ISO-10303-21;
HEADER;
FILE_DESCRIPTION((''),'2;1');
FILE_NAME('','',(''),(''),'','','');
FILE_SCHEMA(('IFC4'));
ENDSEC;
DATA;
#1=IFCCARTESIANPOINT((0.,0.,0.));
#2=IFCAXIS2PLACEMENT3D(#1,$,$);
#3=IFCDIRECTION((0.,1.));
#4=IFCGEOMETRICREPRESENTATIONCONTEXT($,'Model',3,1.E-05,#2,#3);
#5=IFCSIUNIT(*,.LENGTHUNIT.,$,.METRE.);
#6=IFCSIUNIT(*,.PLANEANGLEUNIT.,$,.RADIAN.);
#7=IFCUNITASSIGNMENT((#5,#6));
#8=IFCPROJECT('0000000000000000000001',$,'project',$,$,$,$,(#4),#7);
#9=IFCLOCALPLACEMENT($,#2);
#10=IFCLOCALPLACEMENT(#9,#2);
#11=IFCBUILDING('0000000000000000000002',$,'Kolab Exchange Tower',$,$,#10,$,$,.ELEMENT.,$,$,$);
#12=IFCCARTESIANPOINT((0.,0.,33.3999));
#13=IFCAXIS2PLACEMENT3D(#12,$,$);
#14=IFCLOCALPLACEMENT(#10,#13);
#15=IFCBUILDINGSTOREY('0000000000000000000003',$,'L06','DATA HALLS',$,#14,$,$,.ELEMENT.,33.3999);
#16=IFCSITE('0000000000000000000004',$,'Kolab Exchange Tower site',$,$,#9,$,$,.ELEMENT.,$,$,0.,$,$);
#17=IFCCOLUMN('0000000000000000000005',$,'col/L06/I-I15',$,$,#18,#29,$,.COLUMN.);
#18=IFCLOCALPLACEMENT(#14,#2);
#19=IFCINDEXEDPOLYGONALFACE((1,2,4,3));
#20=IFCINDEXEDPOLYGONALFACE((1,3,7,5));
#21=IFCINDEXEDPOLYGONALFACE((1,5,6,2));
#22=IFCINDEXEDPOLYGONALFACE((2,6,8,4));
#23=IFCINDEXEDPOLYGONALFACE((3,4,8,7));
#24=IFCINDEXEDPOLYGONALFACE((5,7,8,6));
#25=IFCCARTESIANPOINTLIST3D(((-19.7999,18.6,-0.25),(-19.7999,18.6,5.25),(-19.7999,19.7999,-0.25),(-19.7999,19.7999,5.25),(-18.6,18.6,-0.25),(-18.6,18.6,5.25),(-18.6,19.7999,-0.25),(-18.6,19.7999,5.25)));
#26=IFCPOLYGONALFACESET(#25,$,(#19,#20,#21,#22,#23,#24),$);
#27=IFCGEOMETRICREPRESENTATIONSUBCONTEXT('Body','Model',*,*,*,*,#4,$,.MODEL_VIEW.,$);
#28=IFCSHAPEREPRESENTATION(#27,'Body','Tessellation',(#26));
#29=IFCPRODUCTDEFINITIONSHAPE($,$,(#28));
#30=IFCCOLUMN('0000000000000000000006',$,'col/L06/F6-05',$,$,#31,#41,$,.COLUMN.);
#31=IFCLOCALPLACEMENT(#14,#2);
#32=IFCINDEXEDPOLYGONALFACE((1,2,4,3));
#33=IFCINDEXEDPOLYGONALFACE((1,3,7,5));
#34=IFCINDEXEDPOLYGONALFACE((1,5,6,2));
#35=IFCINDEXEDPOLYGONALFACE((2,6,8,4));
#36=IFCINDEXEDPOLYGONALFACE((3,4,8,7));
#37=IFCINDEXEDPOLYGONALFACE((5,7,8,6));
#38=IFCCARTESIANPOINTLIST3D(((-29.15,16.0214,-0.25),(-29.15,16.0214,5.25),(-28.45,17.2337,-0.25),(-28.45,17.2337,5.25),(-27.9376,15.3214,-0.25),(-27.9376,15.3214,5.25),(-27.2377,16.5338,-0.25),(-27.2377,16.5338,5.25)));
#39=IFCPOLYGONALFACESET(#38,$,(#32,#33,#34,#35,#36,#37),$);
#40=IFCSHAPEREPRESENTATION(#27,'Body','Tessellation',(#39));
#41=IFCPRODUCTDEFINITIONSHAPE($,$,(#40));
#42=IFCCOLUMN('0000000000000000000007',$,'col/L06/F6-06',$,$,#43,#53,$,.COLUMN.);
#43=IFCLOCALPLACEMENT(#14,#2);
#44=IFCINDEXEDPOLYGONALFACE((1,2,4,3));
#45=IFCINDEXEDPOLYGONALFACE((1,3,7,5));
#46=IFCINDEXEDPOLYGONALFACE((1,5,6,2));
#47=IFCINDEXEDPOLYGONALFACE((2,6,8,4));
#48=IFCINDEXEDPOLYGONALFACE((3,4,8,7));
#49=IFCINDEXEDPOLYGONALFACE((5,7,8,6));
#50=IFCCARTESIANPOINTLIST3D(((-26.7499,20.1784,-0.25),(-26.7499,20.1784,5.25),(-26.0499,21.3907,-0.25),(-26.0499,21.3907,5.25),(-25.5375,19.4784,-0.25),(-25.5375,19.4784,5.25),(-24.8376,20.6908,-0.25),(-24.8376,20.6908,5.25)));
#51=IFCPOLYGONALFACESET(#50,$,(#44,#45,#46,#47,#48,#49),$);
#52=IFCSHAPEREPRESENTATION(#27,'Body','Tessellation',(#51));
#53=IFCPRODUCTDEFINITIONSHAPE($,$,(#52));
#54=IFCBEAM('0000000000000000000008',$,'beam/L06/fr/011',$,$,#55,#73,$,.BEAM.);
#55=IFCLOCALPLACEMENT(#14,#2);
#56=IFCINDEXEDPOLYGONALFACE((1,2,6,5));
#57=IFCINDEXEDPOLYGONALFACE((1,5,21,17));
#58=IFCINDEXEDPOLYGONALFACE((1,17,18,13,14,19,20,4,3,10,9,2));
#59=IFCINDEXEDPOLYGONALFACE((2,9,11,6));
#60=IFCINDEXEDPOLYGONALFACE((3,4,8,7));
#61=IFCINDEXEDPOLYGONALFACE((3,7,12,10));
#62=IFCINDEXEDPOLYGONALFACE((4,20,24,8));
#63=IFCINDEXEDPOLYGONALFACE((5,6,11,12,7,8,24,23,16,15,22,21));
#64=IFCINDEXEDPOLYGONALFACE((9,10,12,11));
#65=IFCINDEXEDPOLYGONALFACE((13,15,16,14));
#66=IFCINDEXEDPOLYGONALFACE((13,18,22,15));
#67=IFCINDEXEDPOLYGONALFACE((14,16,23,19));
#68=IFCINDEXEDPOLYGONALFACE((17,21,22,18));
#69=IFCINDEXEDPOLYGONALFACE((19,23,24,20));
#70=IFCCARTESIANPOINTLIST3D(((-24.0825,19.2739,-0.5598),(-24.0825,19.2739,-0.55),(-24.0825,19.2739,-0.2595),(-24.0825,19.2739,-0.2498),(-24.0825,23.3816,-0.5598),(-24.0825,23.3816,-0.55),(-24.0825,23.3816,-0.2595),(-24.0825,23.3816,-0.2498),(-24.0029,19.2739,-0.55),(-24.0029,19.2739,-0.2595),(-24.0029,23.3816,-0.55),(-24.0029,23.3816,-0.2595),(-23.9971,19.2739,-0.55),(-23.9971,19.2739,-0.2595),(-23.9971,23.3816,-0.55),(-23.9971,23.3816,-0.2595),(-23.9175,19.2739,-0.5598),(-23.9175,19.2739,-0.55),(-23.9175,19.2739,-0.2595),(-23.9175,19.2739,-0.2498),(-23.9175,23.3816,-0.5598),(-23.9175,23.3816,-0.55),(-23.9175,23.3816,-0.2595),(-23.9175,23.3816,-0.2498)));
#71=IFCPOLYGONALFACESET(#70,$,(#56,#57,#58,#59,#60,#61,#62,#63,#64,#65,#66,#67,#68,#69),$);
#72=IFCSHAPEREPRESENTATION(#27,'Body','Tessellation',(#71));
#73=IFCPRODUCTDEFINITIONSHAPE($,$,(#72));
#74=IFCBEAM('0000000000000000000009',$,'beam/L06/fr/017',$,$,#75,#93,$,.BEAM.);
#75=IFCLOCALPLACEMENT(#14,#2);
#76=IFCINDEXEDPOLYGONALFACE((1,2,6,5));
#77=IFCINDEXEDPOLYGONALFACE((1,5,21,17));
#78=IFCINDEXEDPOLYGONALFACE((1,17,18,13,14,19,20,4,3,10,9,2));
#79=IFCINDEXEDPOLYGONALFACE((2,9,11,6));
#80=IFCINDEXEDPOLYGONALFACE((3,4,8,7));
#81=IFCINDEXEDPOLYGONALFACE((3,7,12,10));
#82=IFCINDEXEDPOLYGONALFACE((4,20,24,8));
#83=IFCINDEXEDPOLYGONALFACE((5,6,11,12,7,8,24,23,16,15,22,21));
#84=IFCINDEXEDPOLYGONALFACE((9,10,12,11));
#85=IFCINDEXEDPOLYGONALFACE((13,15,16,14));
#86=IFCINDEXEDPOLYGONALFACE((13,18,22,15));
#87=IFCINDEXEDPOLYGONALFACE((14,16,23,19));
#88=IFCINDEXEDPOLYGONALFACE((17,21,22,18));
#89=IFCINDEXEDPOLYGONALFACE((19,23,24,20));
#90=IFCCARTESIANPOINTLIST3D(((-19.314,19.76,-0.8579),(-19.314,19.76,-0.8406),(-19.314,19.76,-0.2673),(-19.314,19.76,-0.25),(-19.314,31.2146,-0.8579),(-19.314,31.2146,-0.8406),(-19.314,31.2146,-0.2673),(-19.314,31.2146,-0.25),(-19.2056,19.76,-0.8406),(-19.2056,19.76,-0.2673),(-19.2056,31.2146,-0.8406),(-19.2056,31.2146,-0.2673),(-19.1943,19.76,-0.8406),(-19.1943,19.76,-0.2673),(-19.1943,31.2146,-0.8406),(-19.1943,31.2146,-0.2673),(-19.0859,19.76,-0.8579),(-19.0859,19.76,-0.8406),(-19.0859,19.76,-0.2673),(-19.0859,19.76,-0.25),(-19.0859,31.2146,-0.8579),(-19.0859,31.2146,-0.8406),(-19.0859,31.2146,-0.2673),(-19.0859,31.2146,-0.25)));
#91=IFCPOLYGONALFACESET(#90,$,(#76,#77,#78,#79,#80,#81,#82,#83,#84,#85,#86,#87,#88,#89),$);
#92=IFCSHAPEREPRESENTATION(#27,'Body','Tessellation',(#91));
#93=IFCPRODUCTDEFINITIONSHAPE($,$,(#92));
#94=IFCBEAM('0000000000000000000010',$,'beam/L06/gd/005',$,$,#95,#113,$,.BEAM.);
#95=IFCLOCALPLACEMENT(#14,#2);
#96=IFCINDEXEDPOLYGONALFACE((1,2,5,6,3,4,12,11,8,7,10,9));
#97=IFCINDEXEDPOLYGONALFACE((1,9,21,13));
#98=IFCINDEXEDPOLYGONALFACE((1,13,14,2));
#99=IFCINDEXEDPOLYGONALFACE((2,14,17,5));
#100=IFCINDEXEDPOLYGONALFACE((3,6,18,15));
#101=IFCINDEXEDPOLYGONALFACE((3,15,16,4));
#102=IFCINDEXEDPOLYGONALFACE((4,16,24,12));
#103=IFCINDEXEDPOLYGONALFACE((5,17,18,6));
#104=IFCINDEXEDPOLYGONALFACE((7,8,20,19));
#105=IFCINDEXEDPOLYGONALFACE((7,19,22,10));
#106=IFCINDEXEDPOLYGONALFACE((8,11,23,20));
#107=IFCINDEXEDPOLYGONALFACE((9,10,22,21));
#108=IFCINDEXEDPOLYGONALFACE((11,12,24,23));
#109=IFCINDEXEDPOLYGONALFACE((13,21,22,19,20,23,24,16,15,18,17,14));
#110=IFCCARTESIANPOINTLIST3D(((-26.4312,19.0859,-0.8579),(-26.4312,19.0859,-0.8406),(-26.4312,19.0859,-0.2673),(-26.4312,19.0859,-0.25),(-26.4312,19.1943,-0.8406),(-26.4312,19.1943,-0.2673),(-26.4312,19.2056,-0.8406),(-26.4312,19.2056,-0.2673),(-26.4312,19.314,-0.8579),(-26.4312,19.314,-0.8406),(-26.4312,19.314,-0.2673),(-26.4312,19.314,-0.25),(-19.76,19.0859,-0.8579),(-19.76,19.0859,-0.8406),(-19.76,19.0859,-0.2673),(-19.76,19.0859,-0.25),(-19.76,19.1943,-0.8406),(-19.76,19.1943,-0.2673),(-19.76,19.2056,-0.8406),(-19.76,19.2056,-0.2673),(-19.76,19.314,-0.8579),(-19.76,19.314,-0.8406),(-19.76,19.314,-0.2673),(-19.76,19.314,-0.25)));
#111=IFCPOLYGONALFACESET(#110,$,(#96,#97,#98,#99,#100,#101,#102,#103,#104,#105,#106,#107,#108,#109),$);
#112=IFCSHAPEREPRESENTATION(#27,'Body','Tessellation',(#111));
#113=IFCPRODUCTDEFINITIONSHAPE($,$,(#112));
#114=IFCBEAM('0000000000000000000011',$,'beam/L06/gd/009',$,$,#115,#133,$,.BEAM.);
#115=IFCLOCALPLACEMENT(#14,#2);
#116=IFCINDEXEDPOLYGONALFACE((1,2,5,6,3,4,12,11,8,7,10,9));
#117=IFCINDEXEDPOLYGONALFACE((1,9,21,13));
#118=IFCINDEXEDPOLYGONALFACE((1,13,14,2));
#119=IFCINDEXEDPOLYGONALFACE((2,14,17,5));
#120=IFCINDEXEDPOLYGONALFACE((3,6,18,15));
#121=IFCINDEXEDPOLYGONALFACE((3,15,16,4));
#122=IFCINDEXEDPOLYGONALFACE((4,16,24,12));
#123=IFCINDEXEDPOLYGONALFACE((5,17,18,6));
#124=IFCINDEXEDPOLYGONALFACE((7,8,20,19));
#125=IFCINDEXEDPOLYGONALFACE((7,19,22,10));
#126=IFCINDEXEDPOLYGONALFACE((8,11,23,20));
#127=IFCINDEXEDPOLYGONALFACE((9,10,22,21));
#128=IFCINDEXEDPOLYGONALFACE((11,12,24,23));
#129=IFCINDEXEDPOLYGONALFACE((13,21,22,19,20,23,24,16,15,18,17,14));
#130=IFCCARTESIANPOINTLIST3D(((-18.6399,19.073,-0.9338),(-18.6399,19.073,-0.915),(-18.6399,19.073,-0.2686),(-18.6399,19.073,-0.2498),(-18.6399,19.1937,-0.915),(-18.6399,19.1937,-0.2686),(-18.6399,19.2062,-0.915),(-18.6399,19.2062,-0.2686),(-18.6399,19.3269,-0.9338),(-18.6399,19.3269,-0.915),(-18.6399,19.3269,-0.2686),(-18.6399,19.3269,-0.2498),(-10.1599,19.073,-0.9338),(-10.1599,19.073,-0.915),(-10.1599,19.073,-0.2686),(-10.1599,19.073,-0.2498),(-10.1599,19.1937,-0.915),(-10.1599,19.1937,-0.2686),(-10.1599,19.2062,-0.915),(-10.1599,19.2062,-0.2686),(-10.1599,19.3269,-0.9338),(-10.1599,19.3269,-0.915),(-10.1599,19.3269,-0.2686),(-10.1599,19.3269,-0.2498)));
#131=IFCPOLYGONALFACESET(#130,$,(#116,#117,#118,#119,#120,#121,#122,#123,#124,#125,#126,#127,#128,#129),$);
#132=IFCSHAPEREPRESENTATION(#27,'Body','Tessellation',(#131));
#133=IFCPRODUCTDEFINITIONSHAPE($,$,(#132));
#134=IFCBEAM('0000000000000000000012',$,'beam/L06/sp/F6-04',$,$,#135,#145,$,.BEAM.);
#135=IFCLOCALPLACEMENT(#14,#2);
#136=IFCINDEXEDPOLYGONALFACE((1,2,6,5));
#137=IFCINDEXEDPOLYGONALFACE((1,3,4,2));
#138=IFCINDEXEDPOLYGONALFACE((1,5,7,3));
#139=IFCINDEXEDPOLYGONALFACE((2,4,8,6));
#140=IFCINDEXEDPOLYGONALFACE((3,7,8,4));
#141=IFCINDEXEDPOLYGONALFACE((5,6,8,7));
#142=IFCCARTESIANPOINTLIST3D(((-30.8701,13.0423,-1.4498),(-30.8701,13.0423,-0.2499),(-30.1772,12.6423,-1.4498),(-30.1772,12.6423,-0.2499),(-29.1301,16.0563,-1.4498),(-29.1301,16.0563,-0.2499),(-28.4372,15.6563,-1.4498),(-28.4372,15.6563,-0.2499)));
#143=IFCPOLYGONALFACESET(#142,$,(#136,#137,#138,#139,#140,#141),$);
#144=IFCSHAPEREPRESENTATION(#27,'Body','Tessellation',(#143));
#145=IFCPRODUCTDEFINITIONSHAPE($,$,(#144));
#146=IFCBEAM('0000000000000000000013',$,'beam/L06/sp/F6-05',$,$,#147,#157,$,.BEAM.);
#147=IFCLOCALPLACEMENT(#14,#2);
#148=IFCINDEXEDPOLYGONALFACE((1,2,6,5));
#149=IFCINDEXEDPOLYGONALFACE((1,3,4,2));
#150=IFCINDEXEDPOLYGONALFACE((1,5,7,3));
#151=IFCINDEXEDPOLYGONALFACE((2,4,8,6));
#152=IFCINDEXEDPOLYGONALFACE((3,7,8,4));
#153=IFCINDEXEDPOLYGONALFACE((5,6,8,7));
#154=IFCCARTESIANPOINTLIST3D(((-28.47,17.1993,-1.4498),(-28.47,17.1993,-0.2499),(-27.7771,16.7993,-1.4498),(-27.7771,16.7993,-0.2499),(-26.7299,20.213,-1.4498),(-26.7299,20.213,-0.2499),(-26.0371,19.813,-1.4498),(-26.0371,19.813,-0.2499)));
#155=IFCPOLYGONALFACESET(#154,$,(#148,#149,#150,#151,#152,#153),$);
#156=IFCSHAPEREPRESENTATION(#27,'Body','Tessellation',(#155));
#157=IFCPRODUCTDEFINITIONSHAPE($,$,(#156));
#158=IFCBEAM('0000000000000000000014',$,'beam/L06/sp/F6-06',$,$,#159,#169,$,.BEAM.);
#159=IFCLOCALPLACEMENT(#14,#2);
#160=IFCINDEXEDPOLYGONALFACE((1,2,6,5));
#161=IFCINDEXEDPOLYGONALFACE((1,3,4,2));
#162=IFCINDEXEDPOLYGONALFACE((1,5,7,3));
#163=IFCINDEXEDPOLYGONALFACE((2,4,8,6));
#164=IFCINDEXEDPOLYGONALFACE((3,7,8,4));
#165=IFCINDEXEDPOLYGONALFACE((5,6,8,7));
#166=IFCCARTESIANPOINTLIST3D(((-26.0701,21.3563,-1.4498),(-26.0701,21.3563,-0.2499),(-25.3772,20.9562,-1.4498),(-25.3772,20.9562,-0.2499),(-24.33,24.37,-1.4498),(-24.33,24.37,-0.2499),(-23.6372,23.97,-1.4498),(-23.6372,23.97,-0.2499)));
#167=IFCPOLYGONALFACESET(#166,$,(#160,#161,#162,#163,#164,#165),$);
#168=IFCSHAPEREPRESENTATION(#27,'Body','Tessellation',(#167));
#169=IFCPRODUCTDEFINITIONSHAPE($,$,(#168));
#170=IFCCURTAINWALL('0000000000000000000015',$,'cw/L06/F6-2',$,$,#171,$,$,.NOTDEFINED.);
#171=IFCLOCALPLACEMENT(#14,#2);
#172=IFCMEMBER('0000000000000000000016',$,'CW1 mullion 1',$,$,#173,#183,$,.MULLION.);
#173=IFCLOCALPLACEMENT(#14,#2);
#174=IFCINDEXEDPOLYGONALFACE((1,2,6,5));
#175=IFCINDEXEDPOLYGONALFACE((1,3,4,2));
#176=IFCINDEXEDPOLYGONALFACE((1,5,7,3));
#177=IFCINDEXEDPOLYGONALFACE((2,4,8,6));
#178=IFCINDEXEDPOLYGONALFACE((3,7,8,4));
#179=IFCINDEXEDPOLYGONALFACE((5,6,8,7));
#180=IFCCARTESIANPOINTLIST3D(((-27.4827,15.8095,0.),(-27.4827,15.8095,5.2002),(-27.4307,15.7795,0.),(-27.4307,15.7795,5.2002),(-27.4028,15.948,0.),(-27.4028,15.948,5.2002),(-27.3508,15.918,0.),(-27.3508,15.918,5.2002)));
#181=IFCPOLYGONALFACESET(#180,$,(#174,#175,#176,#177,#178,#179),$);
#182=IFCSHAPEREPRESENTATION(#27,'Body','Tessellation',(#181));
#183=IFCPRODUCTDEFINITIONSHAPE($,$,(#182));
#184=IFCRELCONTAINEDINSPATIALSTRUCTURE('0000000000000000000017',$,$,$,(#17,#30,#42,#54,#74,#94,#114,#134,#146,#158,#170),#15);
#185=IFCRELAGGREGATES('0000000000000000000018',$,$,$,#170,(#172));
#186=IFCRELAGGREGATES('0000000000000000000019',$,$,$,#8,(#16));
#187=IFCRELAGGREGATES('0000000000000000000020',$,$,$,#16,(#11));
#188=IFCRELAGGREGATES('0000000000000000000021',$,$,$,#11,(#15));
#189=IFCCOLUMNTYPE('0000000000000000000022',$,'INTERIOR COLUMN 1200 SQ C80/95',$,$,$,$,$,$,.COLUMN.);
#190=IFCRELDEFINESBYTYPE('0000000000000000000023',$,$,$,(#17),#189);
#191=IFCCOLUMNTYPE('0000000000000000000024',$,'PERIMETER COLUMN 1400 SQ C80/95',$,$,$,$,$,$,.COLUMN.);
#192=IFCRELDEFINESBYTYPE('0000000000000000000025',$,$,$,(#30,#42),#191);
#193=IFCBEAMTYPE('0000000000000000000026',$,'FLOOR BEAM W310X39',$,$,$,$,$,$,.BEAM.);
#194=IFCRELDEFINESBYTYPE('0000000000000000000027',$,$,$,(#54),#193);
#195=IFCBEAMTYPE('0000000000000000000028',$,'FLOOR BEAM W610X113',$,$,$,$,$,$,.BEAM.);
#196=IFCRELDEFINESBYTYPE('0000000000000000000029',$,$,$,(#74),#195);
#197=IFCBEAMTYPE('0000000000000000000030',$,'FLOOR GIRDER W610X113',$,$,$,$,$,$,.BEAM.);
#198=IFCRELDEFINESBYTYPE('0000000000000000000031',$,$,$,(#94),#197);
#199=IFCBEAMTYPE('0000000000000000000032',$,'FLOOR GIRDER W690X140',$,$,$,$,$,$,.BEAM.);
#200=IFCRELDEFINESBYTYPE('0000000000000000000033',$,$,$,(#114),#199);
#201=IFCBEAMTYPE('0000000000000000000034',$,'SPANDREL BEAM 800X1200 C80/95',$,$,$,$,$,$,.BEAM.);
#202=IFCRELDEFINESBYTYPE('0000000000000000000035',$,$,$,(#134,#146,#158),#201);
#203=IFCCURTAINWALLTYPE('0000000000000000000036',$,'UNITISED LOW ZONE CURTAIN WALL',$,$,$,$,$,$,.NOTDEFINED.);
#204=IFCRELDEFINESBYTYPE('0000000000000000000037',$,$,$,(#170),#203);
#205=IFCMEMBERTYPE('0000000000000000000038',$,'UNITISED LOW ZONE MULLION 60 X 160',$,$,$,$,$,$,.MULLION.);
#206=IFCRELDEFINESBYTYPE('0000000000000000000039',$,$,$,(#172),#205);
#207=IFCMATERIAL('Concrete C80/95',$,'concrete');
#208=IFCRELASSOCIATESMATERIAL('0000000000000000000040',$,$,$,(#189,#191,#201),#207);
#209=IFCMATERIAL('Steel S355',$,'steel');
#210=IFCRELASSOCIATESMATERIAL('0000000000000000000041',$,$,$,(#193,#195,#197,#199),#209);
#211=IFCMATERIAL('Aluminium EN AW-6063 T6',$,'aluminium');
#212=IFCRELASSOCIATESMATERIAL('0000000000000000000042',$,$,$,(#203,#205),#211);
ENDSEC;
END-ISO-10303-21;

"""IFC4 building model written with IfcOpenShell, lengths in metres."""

from ifc_helpers import new_model, si_unit, direction, frame, origin, origin_2d, place, context, subcontext, project, spatial, rectangle, i_section, extrude, material, material_profile, profile_set, type_object, element, aggregate, save


model = new_model("IFC4")

# Units and contexts
model_context = context("Model", 3, precision=1e-05, world=origin(), true_north=direction((0.0, 1.0)))
body_context = subcontext(model_context, "Body", "Model", "MODEL_VIEW")
ifc_project = project(units=[si_unit("LENGTHUNIT", "METRE"), si_unit("PLANEANGLEUNIT", "RADIAN")], contexts=[model_context])

# Site, building, storey
site_placement = place(None, origin())
site = spatial("IfcSite", under=ifc_project, at=site_placement, Name="Kolab Exchange Tower site", CompositionType="ELEMENT", RefElevation=0.0)
building_placement = place(site_placement, origin())
building = spatial("IfcBuilding", under=site, at=building_placement, Name="Kolab Exchange Tower", CompositionType="ELEMENT")
storey_placement = place(building_placement, frame((0.0, 0.0, 33.3999)))
storey = spatial("IfcBuildingStorey", under=building, at=storey_placement, Name="L06", Description="DATA HALLS", CompositionType="ELEMENT", Elevation=33.3999)

# Columns
ifc_material_1 = material(Name="Concrete C80/95", Category="concrete")
ifc_material_profile_1 = material_profile(ifc_material_1, rectangle(XDim=1.2, YDim=1.2, at=origin_2d()), Name="RC1200")
ifc_profile_set_1 = profile_set([ifc_material_profile_1], Name="Concrete C80/95")
column_type_1 = type_object("IfcColumnType", Name="INTERIOR COLUMN 1200 SQ C80/95", PredefinedType="COLUMN", material=ifc_profile_set_1)
column_placement = place(storey_placement, frame((-19.2, 19.2, -0.25), z_axis=(0.0, 0.0, 1.0), x_axis=(1.0, 0.0, 0.0)))
element("IfcColumn", 1, at=column_placement, inside=storey, type_object=column_type_1, Name="col/L06/I-I15", PredefinedType="COLUMN", context=body_context, shape_type="SweptSolid", body=[
    extrude(rectangle(XDim=1.2, YDim=1.2, at=origin_2d()), origin(), (0.0, 0.0, 1.0), 5.5),
])
ifc_material_profile_2 = material_profile(ifc_material_1, rectangle(XDim=1.3999, YDim=1.3999, at=origin_2d()), Name="RC1400")
ifc_profile_set_2 = profile_set([ifc_material_profile_2], Name="Concrete C80/95")
column_type_2 = type_object("IfcColumnType", Name="PERIMETER COLUMN 1400 SQ C80/95", PredefinedType="COLUMN", material=ifc_profile_set_2)
for number, where, z_axis, x_axis, name in (
    (2, (-28.1938, 16.2776, -0.25), (0.0, 0.0, 1.0), (0.5, 0.866025, 0.0), "col/L06/F6-05"),
    (3, (-25.7937, 20.4346, -0.25), (0.0, 0.0, 1.0), (0.5, 0.866025, 0.0), "col/L06/F6-06"),
):
    element("IfcColumn", number, at=place(storey_placement, frame(where, z_axis=z_axis, x_axis=x_axis)), inside=storey, type_object=column_type_2, Name=name, PredefinedType="COLUMN", context=body_context, shape_type="SweptSolid", body=[
        extrude(rectangle(XDim=1.3999, YDim=1.3999, at=origin_2d()), origin(), (0.0, 0.0, 1.0), 5.5),
    ])

# Beams
ifc_material_2 = material(Name="Steel S355", Category="steel")
ifc_material_profile_3 = material_profile(ifc_material_2, i_section(OverallWidth=0.165, OverallDepth=0.3101, WebThickness=0.0059, FlangeThickness=0.0098, at=origin_2d()), Name="W310X39")
ifc_profile_set_3 = profile_set([ifc_material_profile_3], Name="Steel S355")
beam_type_1 = type_object("IfcBeamType", Name="FLOOR BEAM W310X39", PredefinedType="BEAM", material=ifc_profile_set_3)
beam_1_placement = place(storey_placement, frame((-24.0, 19.2739, -0.4048), z_axis=(0.0, 1.0, 0.0), x_axis=(-1.0, 0.0, 0.0)))
element("IfcBeam", 4, at=beam_1_placement, inside=storey, type_object=beam_type_1, Name="beam/L06/fr/011", PredefinedType="BEAM", context=body_context, shape_type="SweptSolid", body=[
    extrude(i_section(OverallWidth=0.165, OverallDepth=0.3101, WebThickness=0.0059, FlangeThickness=0.0098, at=origin_2d()), origin(), (0.0, 0.0, 1.0), 4.1077),
])
ifc_material_profile_4 = material_profile(ifc_material_2, i_section(OverallWidth=0.228, OverallDepth=0.6079, WebThickness=0.0112, FlangeThickness=0.0173, at=origin_2d()), Name="W610X113")
ifc_profile_set_4 = profile_set([ifc_material_profile_4], Name="Steel S355")
beam_type_2 = type_object("IfcBeamType", Name="FLOOR BEAM W610X113", PredefinedType="BEAM", material=ifc_profile_set_4)
beam_2_placement = place(storey_placement, frame((-19.2, 19.76, -0.554), z_axis=(0.0, 1.0, 0.0), x_axis=(-1.0, 0.0, 0.0)))
element("IfcBeam", 5, at=beam_2_placement, inside=storey, type_object=beam_type_2, Name="beam/L06/fr/017", PredefinedType="BEAM", context=body_context, shape_type="SweptSolid", body=[
    extrude(i_section(OverallWidth=0.228, OverallDepth=0.6079, WebThickness=0.0112, FlangeThickness=0.0173, at=origin_2d()), origin(), (0.0, 0.0, 1.0), 11.4546),
])
ifc_material_profile_5 = material_profile(ifc_material_2, i_section(OverallWidth=0.228, OverallDepth=0.6079, WebThickness=0.0112, FlangeThickness=0.0173, at=origin_2d()), Name="W610X113")
ifc_profile_set_5 = profile_set([ifc_material_profile_5], Name="Steel S355")
beam_type_3 = type_object("IfcBeamType", Name="FLOOR GIRDER W610X113", PredefinedType="BEAM", material=ifc_profile_set_5)
beam_3_placement = place(storey_placement, frame((-26.4312, 19.2, -0.554), z_axis=(1.0, 0.0, 0.0), x_axis=(0.0, 1.0, 0.0)))
element("IfcBeam", 6, at=beam_3_placement, inside=storey, type_object=beam_type_3, Name="beam/L06/gd/005", PredefinedType="BEAM", context=body_context, shape_type="SweptSolid", body=[
    extrude(i_section(OverallWidth=0.228, OverallDepth=0.6079, WebThickness=0.0112, FlangeThickness=0.0173, at=origin_2d()), origin(), (0.0, 0.0, 1.0), 6.6711),
])
ifc_material_profile_6 = material_profile(ifc_material_2, i_section(OverallWidth=0.2539, OverallDepth=0.6841, WebThickness=0.0125, FlangeThickness=0.0188, at=origin_2d()), Name="W690X140")
ifc_profile_set_6 = profile_set([ifc_material_profile_6], Name="Steel S355")
beam_type_4 = type_object("IfcBeamType", Name="FLOOR GIRDER W690X140", PredefinedType="BEAM", material=ifc_profile_set_6)
beam_4_placement = place(storey_placement, frame((-18.6399, 19.2, -0.5918), z_axis=(1.0, 0.0, 0.0), x_axis=(0.0, 1.0, 0.0)))
element("IfcBeam", 7, at=beam_4_placement, inside=storey, type_object=beam_type_4, Name="beam/L06/gd/009", PredefinedType="BEAM", context=body_context, shape_type="SweptSolid", body=[
    extrude(i_section(OverallWidth=0.2539, OverallDepth=0.6841, WebThickness=0.0125, FlangeThickness=0.0188, at=origin_2d()), origin(), (0.0, 0.0, 1.0), 8.48),
])
ifc_material_profile_7 = material_profile(ifc_material_1, rectangle(XDim=0.8, YDim=1.2, at=origin_2d()), Name="RC800X1200")
ifc_profile_set_7 = profile_set([ifc_material_profile_7], Name="Concrete C80/95")
beam_type_5 = type_object("IfcBeamType", Name="SPANDREL BEAM 800X1200 C80/95", PredefinedType="BEAM", material=ifc_profile_set_7)
beam_5_placement = place(storey_placement, frame((-30.5237, 12.8423, -0.8499), z_axis=(0.49998, 0.866037, 0.0), x_axis=(-0.866037, 0.49998, 0.0)))
element("IfcBeam", 8, at=beam_5_placement, inside=storey, type_object=beam_type_5, Name="beam/L06/sp/F6-04", PredefinedType="BEAM", context=body_context, shape_type="SweptSolid", body=[
    extrude(rectangle(XDim=0.8, YDim=1.2, at=origin_2d()), origin(), (0.0, 0.0, 1.0), 3.4802),
])
for number, where, z_axis, x_axis, name in (
    (9, (-28.1235, 16.9993, -0.8499), (0.50001, 0.86602, 0.0), (-0.86602, 0.50001, 0.0), "beam/L06/sp/F6-05"),
    (10, (-25.7236, 21.1562, -0.8499), (0.50001, 0.86602, 0.0), (-0.86602, 0.50001, 0.0), "beam/L06/sp/F6-06"),
):
    element("IfcBeam", number, at=place(storey_placement, frame(where, z_axis=z_axis, x_axis=x_axis)), inside=storey, type_object=beam_type_5, Name=name, PredefinedType="BEAM", context=body_context, shape_type="SweptSolid", body=[
        extrude(rectangle(XDim=0.8, YDim=1.2, at=origin_2d()), origin(), (0.0, 0.0, 1.0), 3.48),
    ])

# Curtain wall, member
ifc_material_3 = material(Name="Aluminium EN AW-6063 T6", Category="aluminium")
curtain_wall_type = type_object("IfcCurtainWallType", Name="UNITISED LOW ZONE CURTAIN WALL", PredefinedType="NOTDEFINED", material=ifc_material_3)
curtain_wall_placement = place(storey_placement, origin())
curtain_wall = element("IfcCurtainWall", 11, at=curtain_wall_placement, inside=storey, type_object=curtain_wall_type, Name="cw/L06/F6-2", PredefinedType="NOTDEFINED")
ifc_material_profile_8 = material_profile(ifc_material_3, rectangle(XDim=0.0601, YDim=0.1599, at=origin_2d()), Name="RECT 60X160")
ifc_profile_set_8 = profile_set([ifc_material_profile_8], Name="Aluminium EN AW-6063 T6")
member_type_1 = type_object("IfcMemberType", Name="UNITISED LOW ZONE MULLION 60 X 160", PredefinedType="MULLION", material=ifc_profile_set_8)
member_1_placement = place(storey_placement, frame((-27.4167, 15.8638, 0.0), z_axis=(0.0, 0.0, 1.0), x_axis=(-0.866025, 0.5, 0.0)))
member_1 = element("IfcMember", 12, at=member_1_placement, type_object=member_type_1, Name="CW1 mullion 1", PredefinedType="MULLION", context=body_context, shape_type="SweptSolid", body=[
    extrude(rectangle(XDim=0.0601, YDim=0.1599, at=origin_2d()), origin(), (0.0, 0.0, 1.0), 5.2002),
])
aggregate(curtain_wall, [member_1])

save(model, "model.ifc")
